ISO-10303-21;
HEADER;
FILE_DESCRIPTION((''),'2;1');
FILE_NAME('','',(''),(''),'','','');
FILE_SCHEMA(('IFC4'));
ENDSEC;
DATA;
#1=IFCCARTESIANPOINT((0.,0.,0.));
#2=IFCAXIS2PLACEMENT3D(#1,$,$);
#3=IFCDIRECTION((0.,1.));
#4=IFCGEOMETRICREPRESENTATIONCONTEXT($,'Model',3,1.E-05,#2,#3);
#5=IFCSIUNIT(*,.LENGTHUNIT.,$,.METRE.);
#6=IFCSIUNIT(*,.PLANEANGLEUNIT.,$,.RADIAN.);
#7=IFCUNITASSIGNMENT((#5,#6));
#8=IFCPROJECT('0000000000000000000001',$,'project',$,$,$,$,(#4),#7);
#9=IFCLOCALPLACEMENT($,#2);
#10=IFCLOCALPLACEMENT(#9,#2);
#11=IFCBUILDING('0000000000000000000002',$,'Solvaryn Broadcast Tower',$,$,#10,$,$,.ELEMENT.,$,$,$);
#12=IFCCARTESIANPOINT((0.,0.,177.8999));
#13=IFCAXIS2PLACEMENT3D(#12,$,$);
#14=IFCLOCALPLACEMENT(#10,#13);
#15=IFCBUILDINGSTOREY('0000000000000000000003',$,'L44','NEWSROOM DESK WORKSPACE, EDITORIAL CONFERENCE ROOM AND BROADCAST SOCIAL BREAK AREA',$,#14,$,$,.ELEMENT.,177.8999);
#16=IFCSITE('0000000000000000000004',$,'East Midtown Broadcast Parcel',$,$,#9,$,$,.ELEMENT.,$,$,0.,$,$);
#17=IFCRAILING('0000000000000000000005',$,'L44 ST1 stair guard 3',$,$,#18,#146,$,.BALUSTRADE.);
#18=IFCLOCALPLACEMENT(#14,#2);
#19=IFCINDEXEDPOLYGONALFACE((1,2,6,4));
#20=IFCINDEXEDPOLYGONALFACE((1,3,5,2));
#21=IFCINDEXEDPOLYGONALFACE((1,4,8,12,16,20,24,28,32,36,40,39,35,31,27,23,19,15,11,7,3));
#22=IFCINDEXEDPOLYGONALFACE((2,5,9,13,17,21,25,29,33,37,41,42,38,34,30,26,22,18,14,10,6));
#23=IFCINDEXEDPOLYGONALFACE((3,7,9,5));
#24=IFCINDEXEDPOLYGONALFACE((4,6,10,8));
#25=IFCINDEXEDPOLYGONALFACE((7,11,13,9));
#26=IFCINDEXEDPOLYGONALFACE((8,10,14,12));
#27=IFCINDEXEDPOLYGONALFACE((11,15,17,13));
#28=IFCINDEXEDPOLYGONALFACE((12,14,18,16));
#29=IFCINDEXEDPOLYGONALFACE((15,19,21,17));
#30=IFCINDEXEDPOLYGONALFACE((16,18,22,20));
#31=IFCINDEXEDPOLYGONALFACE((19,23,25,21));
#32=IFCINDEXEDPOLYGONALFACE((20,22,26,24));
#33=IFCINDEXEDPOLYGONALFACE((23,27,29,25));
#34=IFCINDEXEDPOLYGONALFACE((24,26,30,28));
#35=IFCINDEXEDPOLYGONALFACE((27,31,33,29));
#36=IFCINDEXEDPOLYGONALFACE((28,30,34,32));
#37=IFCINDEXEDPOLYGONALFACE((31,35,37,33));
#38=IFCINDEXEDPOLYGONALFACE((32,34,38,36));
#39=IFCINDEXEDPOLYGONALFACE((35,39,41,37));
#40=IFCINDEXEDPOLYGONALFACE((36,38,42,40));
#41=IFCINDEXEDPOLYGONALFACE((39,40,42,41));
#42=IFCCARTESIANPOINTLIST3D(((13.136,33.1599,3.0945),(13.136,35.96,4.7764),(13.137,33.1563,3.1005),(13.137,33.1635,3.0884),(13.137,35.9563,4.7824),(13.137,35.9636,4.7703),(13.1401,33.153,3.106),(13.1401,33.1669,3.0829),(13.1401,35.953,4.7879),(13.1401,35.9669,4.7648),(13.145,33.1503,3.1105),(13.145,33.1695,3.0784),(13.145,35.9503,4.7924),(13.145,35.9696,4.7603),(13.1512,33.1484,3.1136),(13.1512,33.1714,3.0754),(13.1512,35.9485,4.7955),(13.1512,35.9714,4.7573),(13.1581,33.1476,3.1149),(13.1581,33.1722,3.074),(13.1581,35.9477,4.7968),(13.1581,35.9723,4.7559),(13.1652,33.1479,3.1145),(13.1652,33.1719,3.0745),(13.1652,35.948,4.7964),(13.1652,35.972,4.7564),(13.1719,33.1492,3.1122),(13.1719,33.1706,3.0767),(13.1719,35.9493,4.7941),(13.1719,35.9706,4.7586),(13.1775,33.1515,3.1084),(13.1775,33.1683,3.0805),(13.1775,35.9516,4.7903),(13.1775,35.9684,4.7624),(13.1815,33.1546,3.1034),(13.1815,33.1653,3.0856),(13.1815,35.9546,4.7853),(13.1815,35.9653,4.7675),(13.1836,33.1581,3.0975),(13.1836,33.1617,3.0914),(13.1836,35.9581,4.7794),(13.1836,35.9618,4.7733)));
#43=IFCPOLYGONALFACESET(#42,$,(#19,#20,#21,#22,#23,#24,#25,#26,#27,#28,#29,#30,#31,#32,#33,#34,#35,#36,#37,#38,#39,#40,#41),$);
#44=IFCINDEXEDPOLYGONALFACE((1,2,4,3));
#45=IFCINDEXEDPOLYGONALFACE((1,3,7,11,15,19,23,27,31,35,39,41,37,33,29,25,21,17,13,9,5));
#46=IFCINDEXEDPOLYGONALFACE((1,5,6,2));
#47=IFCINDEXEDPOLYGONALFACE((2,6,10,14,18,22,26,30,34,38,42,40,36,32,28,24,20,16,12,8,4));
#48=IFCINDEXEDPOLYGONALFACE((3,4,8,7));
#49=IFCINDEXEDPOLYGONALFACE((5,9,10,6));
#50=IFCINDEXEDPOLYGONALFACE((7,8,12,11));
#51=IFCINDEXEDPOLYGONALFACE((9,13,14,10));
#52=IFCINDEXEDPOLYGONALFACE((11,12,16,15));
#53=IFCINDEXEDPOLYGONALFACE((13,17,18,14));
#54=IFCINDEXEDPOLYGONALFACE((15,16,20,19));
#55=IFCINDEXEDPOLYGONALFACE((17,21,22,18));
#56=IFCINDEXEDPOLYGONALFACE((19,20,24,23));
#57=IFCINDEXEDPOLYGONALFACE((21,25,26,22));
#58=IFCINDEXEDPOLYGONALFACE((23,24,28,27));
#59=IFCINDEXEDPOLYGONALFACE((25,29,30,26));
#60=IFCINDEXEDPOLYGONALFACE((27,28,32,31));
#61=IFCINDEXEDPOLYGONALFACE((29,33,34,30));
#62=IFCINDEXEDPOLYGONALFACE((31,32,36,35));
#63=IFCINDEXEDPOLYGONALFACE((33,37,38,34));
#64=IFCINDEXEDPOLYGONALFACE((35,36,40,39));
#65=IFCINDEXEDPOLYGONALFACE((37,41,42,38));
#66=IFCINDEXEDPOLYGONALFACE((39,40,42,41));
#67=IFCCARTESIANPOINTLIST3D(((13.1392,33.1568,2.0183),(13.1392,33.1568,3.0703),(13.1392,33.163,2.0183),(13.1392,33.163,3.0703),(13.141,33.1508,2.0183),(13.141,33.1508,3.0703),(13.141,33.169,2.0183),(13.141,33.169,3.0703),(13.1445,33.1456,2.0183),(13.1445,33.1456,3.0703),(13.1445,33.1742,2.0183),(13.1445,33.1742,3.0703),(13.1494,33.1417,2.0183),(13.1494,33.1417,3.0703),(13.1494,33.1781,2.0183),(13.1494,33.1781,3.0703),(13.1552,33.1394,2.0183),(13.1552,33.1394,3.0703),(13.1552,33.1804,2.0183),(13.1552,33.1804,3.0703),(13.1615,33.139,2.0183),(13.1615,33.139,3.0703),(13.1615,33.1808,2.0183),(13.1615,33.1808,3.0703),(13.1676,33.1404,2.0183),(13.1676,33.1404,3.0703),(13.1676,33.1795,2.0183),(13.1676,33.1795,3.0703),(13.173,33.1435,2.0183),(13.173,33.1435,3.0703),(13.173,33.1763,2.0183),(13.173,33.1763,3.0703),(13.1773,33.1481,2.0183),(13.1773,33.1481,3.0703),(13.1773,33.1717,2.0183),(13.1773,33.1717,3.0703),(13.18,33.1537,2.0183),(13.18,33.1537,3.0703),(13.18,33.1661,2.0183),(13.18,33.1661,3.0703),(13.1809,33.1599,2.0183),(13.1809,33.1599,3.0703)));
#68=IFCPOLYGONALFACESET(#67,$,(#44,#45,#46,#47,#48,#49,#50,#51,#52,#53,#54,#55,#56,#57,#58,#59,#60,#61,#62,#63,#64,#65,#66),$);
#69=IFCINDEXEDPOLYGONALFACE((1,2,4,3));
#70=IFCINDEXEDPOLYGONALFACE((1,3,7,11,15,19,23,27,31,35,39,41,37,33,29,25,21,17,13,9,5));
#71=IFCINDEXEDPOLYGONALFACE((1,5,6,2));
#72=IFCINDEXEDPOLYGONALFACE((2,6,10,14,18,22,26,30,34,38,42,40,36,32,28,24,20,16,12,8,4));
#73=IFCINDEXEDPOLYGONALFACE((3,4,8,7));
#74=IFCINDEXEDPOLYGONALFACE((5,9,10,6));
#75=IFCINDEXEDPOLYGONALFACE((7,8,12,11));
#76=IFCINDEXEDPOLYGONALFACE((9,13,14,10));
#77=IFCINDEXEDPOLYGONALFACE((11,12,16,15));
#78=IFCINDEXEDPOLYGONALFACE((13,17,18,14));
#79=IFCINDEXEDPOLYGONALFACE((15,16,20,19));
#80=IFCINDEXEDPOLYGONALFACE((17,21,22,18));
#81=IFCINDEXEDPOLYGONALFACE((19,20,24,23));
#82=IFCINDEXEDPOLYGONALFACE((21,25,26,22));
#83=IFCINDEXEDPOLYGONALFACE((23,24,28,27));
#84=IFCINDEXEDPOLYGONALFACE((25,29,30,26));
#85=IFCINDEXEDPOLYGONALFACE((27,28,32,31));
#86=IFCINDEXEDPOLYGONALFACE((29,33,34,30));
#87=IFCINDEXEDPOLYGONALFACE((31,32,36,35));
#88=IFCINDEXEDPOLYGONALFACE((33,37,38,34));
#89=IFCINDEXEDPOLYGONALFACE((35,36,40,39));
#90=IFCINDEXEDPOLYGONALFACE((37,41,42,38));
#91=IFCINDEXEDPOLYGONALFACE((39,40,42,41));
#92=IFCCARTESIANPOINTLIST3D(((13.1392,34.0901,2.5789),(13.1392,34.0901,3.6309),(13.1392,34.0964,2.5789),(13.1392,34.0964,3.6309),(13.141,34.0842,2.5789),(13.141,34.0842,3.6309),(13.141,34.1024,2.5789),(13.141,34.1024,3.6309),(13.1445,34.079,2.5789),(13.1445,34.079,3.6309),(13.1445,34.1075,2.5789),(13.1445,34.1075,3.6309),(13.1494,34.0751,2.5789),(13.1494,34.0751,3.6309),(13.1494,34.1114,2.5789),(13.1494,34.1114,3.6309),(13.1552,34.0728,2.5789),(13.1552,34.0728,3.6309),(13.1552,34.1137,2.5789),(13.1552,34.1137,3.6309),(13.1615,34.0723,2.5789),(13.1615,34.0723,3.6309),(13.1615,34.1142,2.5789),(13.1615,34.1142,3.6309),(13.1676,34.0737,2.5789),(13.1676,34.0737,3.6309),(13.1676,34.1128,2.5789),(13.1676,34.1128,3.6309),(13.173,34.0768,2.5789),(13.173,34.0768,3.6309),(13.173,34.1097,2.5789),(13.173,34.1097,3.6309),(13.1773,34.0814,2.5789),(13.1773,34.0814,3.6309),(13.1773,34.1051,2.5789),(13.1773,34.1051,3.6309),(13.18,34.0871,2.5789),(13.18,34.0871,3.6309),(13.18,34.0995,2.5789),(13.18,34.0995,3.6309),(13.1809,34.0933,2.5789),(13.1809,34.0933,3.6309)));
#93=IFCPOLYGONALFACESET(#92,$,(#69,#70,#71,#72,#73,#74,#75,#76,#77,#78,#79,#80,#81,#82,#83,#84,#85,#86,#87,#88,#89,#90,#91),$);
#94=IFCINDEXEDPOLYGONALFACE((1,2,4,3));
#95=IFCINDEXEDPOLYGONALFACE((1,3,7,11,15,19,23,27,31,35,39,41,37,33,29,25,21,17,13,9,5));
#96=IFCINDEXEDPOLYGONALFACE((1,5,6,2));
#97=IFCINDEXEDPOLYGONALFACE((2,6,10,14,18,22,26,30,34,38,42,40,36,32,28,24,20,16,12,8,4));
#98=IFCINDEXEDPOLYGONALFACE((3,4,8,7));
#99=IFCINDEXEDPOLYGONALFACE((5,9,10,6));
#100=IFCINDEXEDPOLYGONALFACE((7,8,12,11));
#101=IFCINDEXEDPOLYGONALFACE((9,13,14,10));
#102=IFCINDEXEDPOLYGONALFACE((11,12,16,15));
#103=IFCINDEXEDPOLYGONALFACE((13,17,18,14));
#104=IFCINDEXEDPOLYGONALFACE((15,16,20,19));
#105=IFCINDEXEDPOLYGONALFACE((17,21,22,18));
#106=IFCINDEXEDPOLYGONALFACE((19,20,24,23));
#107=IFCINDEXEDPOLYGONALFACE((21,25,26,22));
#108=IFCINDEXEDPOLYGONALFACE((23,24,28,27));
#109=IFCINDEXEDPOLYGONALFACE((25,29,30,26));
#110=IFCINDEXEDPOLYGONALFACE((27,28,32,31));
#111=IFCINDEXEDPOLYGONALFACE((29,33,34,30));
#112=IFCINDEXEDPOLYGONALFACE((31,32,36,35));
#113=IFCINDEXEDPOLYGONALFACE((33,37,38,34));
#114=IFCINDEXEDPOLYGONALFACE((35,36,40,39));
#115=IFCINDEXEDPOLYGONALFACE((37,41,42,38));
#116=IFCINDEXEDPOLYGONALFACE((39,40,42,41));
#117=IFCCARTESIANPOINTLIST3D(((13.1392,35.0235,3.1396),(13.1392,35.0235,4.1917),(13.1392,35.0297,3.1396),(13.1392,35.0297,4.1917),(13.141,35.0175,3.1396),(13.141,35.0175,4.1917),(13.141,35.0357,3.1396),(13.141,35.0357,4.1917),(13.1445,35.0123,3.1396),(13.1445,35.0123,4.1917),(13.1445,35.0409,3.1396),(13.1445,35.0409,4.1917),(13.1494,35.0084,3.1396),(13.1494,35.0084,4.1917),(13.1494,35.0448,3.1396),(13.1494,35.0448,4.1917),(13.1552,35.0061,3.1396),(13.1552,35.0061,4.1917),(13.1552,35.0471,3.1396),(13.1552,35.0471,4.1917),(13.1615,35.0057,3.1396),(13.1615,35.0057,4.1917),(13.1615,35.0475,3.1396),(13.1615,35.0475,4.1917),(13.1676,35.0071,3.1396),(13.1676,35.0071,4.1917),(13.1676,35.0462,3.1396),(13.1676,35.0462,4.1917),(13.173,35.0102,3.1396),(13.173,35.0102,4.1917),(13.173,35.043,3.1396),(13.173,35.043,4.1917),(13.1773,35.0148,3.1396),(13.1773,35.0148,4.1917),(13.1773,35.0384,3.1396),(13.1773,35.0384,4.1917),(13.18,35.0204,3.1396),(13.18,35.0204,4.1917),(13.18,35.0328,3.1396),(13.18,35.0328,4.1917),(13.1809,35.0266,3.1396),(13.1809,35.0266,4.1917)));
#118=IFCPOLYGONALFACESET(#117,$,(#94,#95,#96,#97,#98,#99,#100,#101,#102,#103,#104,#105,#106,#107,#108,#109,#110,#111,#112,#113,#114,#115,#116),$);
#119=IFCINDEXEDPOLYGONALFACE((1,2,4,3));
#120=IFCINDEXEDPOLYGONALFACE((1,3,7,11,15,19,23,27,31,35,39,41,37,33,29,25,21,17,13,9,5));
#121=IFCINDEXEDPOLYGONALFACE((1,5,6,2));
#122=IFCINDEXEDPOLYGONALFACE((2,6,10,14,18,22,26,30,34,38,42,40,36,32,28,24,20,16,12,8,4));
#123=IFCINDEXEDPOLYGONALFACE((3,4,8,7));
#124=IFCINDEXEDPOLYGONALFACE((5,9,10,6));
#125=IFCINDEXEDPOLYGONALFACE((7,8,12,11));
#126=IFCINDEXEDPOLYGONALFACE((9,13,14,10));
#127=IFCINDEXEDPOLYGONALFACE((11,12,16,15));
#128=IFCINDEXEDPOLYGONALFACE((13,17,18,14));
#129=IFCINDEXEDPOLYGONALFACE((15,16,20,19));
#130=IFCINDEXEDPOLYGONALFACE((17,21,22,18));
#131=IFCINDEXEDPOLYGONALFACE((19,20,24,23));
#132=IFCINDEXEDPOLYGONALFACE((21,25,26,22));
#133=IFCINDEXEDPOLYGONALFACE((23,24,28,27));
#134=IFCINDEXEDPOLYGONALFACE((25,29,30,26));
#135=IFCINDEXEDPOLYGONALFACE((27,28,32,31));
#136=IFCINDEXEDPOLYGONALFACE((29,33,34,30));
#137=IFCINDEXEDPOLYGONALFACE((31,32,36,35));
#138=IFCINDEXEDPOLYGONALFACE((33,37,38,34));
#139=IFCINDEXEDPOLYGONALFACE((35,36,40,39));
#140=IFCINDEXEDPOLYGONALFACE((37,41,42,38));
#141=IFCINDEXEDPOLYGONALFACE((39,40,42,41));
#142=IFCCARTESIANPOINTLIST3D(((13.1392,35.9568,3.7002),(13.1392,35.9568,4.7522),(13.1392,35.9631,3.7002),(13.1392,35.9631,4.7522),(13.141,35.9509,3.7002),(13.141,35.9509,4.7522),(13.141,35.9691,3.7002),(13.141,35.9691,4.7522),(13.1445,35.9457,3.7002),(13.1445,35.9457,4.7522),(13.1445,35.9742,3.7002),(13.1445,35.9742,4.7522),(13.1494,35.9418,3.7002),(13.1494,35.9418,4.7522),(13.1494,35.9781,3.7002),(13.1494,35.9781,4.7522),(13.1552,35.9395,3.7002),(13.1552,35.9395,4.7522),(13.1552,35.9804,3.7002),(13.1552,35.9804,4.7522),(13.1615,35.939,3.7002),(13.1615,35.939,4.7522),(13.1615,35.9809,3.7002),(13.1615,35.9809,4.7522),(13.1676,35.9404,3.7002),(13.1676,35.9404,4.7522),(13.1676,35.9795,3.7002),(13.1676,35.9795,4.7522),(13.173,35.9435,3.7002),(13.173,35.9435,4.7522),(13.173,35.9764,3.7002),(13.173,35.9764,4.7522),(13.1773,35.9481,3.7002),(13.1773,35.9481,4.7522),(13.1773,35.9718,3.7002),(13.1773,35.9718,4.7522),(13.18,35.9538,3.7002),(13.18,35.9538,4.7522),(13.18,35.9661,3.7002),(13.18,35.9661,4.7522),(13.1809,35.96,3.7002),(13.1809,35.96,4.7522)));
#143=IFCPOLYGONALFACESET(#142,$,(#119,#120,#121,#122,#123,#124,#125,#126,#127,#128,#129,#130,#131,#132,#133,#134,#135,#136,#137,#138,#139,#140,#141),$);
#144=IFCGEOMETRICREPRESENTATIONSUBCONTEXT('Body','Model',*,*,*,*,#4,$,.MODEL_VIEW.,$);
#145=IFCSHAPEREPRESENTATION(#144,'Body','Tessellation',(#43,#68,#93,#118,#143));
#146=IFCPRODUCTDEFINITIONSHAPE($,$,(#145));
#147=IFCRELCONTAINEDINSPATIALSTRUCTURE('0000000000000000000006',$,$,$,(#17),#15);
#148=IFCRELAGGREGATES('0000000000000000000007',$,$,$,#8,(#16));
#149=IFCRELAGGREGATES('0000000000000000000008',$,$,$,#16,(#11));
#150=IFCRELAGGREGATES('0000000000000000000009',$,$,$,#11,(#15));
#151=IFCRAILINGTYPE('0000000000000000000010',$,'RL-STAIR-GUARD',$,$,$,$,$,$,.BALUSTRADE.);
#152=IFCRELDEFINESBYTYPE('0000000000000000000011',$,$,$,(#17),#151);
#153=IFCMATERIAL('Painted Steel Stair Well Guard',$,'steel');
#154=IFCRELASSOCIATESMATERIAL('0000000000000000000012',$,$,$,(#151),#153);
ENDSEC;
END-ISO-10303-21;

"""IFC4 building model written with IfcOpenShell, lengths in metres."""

from ifc_helpers import new_model, si_unit, direction, frame, origin, origin_2d, place, context, subcontext, project, spatial, circle, extrude, material, type_object, element, save


model = new_model("IFC4")

# Units and contexts
model_context = context("Model", 3, precision=1e-05, world=origin(), true_north=direction((0.0, 1.0)))
body_context = subcontext(model_context, "Body", "Model", "MODEL_VIEW")
ifc_project = project(units=[si_unit("LENGTHUNIT", "METRE"), si_unit("PLANEANGLEUNIT", "RADIAN")], contexts=[model_context])

# Site, building, storey
site_placement = place(None, origin())
site = spatial("IfcSite", under=ifc_project, at=site_placement, Name="East Midtown Broadcast Parcel", CompositionType="ELEMENT", RefElevation=0.0)
building_placement = place(site_placement, origin())
building = spatial("IfcBuilding", under=site, at=building_placement, Name="Solvaryn Broadcast Tower", CompositionType="ELEMENT")
storey_placement = place(building_placement, frame((0.0, 0.0, 177.8999)))
storey = spatial("IfcBuildingStorey", under=building, at=storey_placement, Name="L44", Description="NEWSROOM DESK WORKSPACE, EDITORIAL CONFERENCE ROOM AND BROADCAST SOCIAL BREAK AREA", CompositionType="ELEMENT", Elevation=177.8999)

# Railing
ifc_material_1 = material(Name="Painted Steel Stair Well Guard", Category="steel")
railing_type_1 = type_object("IfcRailingType", Name="RL-STAIR-GUARD", PredefinedType="BALUSTRADE", material=ifc_material_1)
railing_1_placement = place(storey_placement, frame((13.1599, 33.1599, 2.0183)))
element("IfcRailing", 1, at=railing_1_placement, inside=storey, type_object=railing_type_1, Name="L44 ST1 stair guard 3", PredefinedType="BALUSTRADE", context=body_context, shape_type="SweptSolid", body=[
    extrude(circle(Radius=0.0239, at=origin_2d()), frame((0.0, 0.0, 1.0762), z_axis=(0.0, 0.857242, 0.514913), x_axis=(-1.0, 0.0, 0.0)), (0.0, 0.0, 1.0), 3.2664),
    extrude(circle(Radius=0.021, at=origin_2d()), origin(), (0.0, 0.0, 1.0), 1.052),
    extrude(circle(Radius=0.021, at=origin_2d()), frame((0.0, 0.9333, 0.5605)), (0.0, 0.0, 1.0), 1.052),
    extrude(circle(Radius=0.021, at=origin_2d()), frame((0.0, 1.8667, 1.1213)), (0.0, 0.0, 1.0), 1.052),
    extrude(circle(Radius=0.021, at=origin_2d()), frame((0.0, 2.8, 1.6819)), (0.0, 0.0, 1.0), 1.052),
])

save(model, "model.ifc")
